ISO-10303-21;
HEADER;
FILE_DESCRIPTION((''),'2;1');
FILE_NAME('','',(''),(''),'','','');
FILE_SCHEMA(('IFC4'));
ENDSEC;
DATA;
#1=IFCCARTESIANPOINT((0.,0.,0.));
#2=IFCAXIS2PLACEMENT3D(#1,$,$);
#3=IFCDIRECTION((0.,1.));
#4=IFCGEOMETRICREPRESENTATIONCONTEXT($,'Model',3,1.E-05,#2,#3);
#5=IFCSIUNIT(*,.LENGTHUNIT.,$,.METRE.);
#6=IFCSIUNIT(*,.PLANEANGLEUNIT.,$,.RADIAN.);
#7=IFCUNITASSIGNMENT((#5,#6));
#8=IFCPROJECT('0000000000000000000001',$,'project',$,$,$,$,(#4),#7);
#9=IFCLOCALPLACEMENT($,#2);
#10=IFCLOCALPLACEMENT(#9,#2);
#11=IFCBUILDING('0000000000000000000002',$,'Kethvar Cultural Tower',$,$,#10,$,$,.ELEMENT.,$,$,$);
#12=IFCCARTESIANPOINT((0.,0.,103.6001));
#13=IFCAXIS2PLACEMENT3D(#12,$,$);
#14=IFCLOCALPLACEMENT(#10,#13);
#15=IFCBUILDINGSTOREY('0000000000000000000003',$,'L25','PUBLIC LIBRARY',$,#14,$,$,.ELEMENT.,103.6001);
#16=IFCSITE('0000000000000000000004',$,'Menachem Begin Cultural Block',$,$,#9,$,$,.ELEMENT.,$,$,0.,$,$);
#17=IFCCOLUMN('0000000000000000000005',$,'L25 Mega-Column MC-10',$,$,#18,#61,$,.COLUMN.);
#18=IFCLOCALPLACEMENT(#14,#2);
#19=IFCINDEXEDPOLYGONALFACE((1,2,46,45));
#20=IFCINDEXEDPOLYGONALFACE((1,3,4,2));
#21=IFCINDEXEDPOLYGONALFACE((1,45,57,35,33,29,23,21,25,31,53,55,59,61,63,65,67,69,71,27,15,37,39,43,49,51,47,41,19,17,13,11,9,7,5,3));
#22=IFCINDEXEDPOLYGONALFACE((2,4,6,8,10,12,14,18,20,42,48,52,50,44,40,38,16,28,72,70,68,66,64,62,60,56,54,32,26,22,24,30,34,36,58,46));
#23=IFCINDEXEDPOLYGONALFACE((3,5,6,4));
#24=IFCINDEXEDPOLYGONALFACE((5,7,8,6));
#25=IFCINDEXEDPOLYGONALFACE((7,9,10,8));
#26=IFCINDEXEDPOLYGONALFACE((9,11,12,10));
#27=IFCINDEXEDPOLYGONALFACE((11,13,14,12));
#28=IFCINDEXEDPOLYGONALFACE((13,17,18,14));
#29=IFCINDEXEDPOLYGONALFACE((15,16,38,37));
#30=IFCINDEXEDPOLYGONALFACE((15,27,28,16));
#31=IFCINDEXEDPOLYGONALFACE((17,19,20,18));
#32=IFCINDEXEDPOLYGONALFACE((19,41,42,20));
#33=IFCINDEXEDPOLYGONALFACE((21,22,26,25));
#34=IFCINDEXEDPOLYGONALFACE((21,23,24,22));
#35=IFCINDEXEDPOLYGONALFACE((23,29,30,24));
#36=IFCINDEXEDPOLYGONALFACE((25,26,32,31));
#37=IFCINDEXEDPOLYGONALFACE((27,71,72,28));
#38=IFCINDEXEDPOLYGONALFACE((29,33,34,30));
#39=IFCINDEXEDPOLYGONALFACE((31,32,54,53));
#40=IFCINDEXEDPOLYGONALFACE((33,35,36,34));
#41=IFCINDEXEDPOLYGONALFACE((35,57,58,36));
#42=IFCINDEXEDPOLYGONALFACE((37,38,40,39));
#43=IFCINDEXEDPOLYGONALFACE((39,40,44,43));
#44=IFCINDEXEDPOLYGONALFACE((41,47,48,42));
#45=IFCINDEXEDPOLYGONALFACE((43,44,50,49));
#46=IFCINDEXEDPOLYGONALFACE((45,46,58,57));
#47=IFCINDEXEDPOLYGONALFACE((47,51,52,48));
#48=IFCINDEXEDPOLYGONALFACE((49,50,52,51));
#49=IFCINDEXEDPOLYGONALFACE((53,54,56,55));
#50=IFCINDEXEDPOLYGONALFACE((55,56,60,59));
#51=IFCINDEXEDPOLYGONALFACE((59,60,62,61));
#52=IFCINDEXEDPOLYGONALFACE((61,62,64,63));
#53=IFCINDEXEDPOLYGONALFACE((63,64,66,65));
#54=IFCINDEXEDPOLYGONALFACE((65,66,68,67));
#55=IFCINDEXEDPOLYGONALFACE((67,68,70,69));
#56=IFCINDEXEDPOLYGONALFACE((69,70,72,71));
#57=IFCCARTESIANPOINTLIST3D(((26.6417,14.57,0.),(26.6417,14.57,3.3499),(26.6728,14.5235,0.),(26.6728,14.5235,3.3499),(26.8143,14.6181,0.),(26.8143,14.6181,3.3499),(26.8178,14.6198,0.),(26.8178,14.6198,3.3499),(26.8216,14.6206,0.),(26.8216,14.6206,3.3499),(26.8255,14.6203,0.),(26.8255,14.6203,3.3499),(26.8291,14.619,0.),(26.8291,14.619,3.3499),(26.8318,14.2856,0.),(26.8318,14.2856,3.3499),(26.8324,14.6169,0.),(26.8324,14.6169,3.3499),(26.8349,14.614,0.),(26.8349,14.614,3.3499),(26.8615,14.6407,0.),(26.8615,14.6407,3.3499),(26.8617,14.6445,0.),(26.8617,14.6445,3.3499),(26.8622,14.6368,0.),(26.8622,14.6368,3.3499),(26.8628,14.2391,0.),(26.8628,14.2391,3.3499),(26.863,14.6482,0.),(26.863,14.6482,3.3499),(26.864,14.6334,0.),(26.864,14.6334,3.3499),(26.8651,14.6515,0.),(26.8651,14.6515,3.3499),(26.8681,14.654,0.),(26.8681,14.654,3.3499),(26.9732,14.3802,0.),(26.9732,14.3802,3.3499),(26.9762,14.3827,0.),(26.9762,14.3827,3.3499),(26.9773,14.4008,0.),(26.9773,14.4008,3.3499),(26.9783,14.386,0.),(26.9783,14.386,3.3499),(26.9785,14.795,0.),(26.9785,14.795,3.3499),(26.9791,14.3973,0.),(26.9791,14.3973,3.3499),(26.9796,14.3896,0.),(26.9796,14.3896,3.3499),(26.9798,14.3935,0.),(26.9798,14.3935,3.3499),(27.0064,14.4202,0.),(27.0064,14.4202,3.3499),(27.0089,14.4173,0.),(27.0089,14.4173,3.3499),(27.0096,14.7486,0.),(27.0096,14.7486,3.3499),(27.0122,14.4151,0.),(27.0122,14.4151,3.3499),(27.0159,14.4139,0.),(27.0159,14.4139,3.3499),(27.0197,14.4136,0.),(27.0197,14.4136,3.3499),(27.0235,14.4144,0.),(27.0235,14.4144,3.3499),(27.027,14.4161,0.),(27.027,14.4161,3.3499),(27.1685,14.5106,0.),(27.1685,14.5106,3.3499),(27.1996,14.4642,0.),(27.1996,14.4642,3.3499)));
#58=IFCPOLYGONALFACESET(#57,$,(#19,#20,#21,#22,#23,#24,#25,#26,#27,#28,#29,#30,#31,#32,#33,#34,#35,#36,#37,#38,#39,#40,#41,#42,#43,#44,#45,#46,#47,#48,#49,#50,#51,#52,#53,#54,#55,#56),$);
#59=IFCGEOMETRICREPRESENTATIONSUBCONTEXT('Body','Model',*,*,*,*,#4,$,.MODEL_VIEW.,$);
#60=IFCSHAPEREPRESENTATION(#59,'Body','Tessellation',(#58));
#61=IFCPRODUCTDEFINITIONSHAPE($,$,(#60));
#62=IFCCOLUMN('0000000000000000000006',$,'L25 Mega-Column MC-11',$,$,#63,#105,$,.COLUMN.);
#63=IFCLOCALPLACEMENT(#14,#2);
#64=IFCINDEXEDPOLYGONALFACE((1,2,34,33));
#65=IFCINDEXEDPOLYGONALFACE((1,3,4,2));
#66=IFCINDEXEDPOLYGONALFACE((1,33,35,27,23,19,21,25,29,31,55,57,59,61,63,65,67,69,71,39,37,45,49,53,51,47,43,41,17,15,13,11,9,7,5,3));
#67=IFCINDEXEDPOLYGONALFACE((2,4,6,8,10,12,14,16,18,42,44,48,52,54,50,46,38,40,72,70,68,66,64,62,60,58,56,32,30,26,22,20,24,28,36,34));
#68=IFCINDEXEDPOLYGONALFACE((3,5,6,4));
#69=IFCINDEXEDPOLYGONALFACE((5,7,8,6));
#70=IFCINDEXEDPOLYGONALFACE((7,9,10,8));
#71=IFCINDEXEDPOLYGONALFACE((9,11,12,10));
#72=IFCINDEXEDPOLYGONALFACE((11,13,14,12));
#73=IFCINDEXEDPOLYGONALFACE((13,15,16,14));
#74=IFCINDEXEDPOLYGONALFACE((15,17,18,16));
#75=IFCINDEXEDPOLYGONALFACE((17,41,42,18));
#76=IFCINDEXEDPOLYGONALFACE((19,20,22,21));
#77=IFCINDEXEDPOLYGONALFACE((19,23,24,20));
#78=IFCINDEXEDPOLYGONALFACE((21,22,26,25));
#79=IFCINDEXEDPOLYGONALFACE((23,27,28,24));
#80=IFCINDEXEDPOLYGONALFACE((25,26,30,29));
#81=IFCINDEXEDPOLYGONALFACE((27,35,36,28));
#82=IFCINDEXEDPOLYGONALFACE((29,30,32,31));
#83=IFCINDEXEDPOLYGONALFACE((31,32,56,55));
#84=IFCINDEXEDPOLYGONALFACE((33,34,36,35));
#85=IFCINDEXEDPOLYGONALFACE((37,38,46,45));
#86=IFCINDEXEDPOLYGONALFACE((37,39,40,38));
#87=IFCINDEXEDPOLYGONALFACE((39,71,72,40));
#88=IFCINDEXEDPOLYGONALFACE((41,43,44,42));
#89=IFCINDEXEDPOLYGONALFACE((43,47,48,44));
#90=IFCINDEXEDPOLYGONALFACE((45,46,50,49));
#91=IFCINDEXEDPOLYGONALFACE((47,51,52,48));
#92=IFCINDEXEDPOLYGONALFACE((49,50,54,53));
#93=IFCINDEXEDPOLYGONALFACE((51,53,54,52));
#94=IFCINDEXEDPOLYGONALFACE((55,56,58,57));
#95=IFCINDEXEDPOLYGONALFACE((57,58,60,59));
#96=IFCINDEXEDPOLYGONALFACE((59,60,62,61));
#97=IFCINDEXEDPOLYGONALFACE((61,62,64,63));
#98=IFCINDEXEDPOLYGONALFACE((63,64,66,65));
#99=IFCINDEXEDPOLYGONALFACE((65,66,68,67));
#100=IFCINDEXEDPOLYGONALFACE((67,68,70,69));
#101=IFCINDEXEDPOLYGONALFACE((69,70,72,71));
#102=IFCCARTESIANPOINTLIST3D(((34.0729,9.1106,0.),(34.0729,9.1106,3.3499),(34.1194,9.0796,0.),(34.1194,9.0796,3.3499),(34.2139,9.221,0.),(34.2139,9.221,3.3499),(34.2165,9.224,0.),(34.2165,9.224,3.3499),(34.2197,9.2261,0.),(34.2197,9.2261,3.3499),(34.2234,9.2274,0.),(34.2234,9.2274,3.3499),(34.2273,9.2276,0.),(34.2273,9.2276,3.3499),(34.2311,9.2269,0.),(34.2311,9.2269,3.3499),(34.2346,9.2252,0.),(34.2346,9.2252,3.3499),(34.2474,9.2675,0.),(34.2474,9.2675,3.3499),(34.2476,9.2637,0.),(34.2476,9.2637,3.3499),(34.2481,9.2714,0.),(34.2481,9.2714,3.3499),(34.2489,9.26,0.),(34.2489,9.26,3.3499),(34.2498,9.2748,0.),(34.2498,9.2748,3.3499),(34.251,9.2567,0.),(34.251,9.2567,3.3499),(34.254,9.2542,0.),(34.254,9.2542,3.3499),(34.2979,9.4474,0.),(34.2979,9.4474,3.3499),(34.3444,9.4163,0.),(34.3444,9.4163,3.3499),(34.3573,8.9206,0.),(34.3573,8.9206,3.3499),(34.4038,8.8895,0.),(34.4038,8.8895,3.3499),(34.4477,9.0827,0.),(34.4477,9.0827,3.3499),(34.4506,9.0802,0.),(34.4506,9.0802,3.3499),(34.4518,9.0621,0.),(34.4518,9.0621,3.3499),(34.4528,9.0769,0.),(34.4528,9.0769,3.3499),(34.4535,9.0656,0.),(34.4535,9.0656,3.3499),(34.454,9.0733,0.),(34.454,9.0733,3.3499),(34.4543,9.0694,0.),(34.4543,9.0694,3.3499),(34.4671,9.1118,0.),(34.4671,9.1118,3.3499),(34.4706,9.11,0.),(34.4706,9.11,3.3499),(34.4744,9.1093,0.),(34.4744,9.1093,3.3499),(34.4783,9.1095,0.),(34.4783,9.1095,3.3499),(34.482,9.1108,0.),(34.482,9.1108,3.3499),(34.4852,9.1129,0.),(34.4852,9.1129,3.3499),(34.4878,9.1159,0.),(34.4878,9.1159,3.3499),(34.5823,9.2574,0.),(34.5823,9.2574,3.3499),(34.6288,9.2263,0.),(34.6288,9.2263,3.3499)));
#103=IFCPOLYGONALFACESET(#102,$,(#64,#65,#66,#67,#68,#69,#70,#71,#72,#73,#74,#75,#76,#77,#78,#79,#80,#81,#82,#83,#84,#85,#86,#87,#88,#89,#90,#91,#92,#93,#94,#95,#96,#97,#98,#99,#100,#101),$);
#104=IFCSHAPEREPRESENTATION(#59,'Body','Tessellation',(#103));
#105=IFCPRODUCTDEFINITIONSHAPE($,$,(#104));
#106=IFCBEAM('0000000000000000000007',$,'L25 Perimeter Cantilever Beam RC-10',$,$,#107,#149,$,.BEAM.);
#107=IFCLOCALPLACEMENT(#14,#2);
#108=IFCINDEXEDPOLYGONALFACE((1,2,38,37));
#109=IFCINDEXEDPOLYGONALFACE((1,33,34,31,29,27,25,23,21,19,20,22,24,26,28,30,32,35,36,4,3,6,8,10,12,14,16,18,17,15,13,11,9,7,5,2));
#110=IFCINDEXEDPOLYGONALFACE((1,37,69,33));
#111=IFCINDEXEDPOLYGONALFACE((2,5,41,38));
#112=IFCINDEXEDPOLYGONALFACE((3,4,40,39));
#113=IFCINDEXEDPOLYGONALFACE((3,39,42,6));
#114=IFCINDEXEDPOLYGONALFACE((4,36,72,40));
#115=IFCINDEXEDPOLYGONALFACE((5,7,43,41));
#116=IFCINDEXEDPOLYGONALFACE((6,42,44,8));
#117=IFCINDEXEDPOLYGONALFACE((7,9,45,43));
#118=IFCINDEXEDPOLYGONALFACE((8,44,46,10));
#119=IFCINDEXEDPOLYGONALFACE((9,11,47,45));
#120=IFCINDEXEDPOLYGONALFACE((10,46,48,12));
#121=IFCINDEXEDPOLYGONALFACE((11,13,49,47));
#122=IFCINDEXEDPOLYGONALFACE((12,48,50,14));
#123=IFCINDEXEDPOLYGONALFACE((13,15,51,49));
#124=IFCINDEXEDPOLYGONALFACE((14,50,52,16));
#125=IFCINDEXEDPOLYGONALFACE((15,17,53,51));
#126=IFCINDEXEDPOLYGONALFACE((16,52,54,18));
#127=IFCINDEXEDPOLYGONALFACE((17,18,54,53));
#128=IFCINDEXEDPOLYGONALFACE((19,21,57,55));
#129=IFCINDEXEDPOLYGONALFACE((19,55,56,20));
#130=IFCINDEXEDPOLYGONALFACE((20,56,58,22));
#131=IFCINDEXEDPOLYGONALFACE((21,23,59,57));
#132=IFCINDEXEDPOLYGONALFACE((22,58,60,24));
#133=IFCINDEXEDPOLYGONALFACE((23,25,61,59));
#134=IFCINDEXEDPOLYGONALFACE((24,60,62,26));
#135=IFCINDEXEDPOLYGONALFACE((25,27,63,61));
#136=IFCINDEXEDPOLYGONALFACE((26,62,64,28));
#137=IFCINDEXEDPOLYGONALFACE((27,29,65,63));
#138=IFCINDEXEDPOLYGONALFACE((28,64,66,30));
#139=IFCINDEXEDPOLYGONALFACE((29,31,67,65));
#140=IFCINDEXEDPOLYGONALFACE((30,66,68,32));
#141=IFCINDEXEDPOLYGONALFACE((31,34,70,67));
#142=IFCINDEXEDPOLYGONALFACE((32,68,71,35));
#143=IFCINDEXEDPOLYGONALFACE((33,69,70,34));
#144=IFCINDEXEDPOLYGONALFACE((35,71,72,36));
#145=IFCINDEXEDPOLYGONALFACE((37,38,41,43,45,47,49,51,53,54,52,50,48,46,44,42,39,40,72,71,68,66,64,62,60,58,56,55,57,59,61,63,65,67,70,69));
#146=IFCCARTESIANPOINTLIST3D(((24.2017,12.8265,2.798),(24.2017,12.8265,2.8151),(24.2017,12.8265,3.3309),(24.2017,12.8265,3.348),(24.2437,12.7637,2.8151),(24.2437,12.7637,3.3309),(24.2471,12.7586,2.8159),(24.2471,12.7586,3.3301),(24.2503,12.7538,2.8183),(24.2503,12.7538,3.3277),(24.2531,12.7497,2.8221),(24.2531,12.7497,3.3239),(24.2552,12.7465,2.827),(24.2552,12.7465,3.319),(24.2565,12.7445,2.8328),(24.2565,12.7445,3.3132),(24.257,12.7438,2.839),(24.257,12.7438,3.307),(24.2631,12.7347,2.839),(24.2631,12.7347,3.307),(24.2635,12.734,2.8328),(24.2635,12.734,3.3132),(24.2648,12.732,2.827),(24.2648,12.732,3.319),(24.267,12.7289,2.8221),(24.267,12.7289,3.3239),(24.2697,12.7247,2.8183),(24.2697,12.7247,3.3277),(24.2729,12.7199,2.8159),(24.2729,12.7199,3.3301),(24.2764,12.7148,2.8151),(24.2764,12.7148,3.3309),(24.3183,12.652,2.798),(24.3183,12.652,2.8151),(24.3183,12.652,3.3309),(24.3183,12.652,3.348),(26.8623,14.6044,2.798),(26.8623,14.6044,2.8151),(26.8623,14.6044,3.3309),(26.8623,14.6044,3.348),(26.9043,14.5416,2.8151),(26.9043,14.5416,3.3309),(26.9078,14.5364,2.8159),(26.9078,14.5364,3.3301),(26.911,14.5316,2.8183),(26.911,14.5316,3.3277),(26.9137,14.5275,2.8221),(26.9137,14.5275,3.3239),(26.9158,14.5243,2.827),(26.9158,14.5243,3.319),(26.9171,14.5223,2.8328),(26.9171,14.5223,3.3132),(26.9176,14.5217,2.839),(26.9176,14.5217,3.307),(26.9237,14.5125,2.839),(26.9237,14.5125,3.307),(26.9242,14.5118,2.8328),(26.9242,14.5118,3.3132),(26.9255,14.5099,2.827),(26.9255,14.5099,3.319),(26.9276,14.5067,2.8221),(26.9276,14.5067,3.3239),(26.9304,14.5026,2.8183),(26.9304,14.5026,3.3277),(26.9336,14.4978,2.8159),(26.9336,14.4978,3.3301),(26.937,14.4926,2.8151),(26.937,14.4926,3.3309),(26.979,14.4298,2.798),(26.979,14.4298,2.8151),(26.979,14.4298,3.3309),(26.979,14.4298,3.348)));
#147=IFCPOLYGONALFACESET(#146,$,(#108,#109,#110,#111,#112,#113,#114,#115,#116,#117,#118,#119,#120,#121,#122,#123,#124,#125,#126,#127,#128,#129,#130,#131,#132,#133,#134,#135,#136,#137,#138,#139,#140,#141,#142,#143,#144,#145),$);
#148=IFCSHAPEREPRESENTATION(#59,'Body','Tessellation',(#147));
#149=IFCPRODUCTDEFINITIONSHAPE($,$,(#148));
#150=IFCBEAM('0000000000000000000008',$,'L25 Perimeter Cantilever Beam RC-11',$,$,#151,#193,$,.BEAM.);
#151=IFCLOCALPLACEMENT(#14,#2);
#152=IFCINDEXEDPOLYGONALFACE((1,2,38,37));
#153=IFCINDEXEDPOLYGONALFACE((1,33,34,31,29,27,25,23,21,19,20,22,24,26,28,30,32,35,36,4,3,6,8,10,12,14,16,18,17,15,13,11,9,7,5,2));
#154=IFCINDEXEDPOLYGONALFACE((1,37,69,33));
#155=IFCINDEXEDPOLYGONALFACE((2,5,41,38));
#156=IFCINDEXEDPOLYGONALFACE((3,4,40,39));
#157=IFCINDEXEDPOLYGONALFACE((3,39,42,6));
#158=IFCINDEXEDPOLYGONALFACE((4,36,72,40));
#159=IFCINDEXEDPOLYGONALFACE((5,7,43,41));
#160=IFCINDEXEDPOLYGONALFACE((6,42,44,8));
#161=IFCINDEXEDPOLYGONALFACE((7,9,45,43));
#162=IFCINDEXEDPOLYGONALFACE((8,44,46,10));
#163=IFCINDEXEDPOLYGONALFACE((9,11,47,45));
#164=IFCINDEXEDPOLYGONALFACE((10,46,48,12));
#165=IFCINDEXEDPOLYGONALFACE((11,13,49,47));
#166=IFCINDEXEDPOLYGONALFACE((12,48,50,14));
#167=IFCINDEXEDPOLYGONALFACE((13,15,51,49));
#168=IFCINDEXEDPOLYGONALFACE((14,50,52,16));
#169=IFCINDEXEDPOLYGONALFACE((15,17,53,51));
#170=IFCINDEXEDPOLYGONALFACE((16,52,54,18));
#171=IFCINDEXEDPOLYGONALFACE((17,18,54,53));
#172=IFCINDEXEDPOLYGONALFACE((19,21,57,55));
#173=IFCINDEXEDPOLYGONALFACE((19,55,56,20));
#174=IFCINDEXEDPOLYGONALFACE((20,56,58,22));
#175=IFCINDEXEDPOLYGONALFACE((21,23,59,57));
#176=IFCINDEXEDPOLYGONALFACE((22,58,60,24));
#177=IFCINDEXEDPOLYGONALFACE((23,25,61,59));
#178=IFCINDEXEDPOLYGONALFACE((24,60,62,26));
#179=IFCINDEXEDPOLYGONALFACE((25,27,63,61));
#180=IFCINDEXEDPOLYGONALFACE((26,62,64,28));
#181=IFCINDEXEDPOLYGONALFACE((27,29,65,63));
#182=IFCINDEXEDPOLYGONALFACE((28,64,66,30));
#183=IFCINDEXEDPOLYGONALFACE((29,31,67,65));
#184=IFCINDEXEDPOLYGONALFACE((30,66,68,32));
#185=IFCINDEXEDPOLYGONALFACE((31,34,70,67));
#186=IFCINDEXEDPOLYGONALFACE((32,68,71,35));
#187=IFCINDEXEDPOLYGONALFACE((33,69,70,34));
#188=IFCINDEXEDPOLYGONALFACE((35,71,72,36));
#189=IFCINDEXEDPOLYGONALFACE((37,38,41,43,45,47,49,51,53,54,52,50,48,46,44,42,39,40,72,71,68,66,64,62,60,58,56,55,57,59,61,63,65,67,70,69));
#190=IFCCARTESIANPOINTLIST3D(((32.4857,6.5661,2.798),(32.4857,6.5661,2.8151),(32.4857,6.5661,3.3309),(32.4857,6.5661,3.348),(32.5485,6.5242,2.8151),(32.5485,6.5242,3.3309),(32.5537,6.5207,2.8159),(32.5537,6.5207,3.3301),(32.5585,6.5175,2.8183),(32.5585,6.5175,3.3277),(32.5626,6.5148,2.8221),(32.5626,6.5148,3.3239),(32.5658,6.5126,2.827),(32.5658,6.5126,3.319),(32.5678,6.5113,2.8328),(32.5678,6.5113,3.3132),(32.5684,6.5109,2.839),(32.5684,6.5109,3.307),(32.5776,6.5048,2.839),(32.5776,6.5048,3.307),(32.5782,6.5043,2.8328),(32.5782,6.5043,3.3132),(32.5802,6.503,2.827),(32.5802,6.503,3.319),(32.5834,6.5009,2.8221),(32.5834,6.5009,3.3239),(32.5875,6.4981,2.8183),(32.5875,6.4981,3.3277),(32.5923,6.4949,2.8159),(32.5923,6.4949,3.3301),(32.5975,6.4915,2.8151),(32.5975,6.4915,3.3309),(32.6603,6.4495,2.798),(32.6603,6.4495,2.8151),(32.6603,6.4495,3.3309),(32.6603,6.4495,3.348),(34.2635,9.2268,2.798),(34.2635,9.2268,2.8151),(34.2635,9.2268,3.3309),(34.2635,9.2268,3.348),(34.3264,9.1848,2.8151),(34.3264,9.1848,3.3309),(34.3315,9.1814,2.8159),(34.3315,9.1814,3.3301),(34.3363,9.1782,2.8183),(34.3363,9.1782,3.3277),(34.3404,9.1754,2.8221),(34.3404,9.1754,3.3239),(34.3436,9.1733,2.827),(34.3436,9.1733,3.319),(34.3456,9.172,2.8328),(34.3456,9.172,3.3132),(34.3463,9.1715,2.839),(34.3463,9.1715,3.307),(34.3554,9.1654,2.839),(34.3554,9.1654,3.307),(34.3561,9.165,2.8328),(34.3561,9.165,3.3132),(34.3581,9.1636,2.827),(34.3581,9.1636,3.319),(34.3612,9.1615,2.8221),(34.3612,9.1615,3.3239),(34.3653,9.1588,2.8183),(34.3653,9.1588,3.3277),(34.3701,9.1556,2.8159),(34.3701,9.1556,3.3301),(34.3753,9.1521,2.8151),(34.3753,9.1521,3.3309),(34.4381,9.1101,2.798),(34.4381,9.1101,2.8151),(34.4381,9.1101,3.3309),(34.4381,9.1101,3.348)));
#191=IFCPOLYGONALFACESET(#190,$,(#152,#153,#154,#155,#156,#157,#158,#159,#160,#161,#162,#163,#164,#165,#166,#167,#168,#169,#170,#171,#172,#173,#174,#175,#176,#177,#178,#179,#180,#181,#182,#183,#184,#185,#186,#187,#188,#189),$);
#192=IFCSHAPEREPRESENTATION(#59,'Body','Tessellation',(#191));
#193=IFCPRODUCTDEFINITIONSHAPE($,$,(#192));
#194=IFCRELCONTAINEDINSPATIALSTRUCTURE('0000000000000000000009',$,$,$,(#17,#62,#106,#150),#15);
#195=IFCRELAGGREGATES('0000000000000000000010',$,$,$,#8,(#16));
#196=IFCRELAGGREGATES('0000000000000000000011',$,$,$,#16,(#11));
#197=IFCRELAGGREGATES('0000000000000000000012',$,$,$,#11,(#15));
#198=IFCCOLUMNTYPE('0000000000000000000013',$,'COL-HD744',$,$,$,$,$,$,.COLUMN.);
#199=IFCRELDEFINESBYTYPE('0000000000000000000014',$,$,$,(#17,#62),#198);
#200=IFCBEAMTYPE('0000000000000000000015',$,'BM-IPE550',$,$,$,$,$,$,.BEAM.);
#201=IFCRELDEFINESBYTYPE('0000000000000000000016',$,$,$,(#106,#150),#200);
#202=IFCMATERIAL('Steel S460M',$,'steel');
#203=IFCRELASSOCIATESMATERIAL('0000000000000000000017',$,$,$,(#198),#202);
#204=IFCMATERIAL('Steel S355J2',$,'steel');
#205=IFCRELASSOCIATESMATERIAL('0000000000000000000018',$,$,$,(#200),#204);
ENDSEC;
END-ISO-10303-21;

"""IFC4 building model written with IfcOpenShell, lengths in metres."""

from ifc_helpers import new_model, si_unit, direction, frame, origin, origin_2d, place, context, subcontext, project, spatial, i_section, extrude, source, transform, mapped, material, material_profile, profile_set, type_object, element, save


model = new_model("IFC4")

# Units and contexts
model_context = context("Model", 3, precision=1e-05, world=origin(), true_north=direction((0.0, 1.0)))
body_context = subcontext(model_context, "Body", "Model", "MODEL_VIEW")
ifc_project = project(units=[si_unit("LENGTHUNIT", "METRE"), si_unit("PLANEANGLEUNIT", "RADIAN")], contexts=[model_context])

# Site, building, storey
site_placement = place(None, origin())
site = spatial("IfcSite", under=ifc_project, at=site_placement, Name="Menachem Begin Cultural Block", CompositionType="ELEMENT", RefElevation=0.0)
building_placement = place(site_placement, origin())
building = spatial("IfcBuilding", under=site, at=building_placement, Name="Kethvar Cultural Tower", CompositionType="ELEMENT")
storey_placement = place(building_placement, frame((0.0, 0.0, 103.6001)))
storey = spatial("IfcBuildingStorey", under=building, at=storey_placement, Name="L25", Description="PUBLIC LIBRARY", CompositionType="ELEMENT", Elevation=103.6001)

# Columns
ifc_material_1 = material(Name="Steel S460M", Category="steel")
ifc_material_profile_1 = material_profile(ifc_material_1, i_section(OverallWidth=0.405, OverallDepth=0.3979, WebThickness=0.0349, FlangeThickness=0.0559, FilletRadius=0.0149, at=origin_2d()), Name="Steel S460M — HD400x744")
ifc_profile_set_1 = profile_set([ifc_material_profile_1], Name="Steel S460M — HD400x744")
column_type = type_object("IfcColumnType", Name="COL-HD744", PredefinedType="COLUMN", material=ifc_profile_set_1)
shared_shape_1 = source(origin(), body_context, "Body", "SweptSolid", [
    extrude(i_section(OverallWidth=0.405, OverallDepth=0.3979, WebThickness=0.0349, FlangeThickness=0.0559, FilletRadius=0.0149, at=origin_2d()), origin(), (0.0, 0.0, 1.0), 3.3499),
])
for number, where, z_axis, x_axis, name in (
    (1, (26.9207, 14.5171, 0.0), (0.0, 0.0, 1.0), (-0.83147, -0.55557, 0.0), "L25 Mega-Column MC-10"),
    (2, (34.3508, 9.1685, 0.0), (0.0, 0.0, 1.0), (-0.55557, -0.83147, 0.0), "L25 Mega-Column MC-11"),
):
    element("IfcColumn", number, at=place(storey_placement, frame(where, z_axis=z_axis, x_axis=x_axis)), inside=storey, type_object=column_type, Name=name, PredefinedType="COLUMN", context=body_context, shape_type="MappedRepresentation", body=[
        mapped(shared_shape_1, transform((0.0, 0.0, 0.0), scale=1.0)),
    ])

# Beams
ifc_material_2 = material(Name="Steel S355J2", Category="steel")
ifc_material_profile_2 = material_profile(ifc_material_2, i_section(OverallWidth=0.21, OverallDepth=0.55, WebThickness=0.011, FlangeThickness=0.0171, FilletRadius=0.0239, at=origin_2d()), Name="Steel S355J2 — IPE550")
ifc_profile_set_2 = profile_set([ifc_material_profile_2], Name="Steel S355J2 — IPE550")
beam_type_1 = type_object("IfcBeamType", Name="BM-IPE550", PredefinedType="BEAM", material=ifc_profile_set_2)
shared_shape_2 = source(origin(), body_context, "Body", "SweptSolid", [
    extrude(i_section(OverallWidth=0.21, OverallDepth=0.55, WebThickness=0.011, FlangeThickness=0.0171, FilletRadius=0.0239, at=origin_2d()), origin(), (0.0, 0.0, 1.0), 3.2),
])
for number, where, z_axis, x_axis, name in (
    (3, (26.9207, 14.5171, 3.073), (-0.831463, -0.55558, 0.0), (0.55558, -0.831463, 0.0), "L25 Perimeter Cantilever Beam RC-10"),
    (4, (34.3508, 9.1685, 3.073), (-0.55558, -0.831463, 0.0), (0.831463, -0.55558, 0.0), "L25 Perimeter Cantilever Beam RC-11"),
):
    element("IfcBeam", number, at=place(storey_placement, frame(where, z_axis=z_axis, x_axis=x_axis)), inside=storey, type_object=beam_type_1, Name=name, PredefinedType="BEAM", context=body_context, shape_type="MappedRepresentation", body=[
        mapped(shared_shape_2, transform((0.0, 0.0, 0.0), scale=1.0)),
    ])

save(model, "model.ifc")
